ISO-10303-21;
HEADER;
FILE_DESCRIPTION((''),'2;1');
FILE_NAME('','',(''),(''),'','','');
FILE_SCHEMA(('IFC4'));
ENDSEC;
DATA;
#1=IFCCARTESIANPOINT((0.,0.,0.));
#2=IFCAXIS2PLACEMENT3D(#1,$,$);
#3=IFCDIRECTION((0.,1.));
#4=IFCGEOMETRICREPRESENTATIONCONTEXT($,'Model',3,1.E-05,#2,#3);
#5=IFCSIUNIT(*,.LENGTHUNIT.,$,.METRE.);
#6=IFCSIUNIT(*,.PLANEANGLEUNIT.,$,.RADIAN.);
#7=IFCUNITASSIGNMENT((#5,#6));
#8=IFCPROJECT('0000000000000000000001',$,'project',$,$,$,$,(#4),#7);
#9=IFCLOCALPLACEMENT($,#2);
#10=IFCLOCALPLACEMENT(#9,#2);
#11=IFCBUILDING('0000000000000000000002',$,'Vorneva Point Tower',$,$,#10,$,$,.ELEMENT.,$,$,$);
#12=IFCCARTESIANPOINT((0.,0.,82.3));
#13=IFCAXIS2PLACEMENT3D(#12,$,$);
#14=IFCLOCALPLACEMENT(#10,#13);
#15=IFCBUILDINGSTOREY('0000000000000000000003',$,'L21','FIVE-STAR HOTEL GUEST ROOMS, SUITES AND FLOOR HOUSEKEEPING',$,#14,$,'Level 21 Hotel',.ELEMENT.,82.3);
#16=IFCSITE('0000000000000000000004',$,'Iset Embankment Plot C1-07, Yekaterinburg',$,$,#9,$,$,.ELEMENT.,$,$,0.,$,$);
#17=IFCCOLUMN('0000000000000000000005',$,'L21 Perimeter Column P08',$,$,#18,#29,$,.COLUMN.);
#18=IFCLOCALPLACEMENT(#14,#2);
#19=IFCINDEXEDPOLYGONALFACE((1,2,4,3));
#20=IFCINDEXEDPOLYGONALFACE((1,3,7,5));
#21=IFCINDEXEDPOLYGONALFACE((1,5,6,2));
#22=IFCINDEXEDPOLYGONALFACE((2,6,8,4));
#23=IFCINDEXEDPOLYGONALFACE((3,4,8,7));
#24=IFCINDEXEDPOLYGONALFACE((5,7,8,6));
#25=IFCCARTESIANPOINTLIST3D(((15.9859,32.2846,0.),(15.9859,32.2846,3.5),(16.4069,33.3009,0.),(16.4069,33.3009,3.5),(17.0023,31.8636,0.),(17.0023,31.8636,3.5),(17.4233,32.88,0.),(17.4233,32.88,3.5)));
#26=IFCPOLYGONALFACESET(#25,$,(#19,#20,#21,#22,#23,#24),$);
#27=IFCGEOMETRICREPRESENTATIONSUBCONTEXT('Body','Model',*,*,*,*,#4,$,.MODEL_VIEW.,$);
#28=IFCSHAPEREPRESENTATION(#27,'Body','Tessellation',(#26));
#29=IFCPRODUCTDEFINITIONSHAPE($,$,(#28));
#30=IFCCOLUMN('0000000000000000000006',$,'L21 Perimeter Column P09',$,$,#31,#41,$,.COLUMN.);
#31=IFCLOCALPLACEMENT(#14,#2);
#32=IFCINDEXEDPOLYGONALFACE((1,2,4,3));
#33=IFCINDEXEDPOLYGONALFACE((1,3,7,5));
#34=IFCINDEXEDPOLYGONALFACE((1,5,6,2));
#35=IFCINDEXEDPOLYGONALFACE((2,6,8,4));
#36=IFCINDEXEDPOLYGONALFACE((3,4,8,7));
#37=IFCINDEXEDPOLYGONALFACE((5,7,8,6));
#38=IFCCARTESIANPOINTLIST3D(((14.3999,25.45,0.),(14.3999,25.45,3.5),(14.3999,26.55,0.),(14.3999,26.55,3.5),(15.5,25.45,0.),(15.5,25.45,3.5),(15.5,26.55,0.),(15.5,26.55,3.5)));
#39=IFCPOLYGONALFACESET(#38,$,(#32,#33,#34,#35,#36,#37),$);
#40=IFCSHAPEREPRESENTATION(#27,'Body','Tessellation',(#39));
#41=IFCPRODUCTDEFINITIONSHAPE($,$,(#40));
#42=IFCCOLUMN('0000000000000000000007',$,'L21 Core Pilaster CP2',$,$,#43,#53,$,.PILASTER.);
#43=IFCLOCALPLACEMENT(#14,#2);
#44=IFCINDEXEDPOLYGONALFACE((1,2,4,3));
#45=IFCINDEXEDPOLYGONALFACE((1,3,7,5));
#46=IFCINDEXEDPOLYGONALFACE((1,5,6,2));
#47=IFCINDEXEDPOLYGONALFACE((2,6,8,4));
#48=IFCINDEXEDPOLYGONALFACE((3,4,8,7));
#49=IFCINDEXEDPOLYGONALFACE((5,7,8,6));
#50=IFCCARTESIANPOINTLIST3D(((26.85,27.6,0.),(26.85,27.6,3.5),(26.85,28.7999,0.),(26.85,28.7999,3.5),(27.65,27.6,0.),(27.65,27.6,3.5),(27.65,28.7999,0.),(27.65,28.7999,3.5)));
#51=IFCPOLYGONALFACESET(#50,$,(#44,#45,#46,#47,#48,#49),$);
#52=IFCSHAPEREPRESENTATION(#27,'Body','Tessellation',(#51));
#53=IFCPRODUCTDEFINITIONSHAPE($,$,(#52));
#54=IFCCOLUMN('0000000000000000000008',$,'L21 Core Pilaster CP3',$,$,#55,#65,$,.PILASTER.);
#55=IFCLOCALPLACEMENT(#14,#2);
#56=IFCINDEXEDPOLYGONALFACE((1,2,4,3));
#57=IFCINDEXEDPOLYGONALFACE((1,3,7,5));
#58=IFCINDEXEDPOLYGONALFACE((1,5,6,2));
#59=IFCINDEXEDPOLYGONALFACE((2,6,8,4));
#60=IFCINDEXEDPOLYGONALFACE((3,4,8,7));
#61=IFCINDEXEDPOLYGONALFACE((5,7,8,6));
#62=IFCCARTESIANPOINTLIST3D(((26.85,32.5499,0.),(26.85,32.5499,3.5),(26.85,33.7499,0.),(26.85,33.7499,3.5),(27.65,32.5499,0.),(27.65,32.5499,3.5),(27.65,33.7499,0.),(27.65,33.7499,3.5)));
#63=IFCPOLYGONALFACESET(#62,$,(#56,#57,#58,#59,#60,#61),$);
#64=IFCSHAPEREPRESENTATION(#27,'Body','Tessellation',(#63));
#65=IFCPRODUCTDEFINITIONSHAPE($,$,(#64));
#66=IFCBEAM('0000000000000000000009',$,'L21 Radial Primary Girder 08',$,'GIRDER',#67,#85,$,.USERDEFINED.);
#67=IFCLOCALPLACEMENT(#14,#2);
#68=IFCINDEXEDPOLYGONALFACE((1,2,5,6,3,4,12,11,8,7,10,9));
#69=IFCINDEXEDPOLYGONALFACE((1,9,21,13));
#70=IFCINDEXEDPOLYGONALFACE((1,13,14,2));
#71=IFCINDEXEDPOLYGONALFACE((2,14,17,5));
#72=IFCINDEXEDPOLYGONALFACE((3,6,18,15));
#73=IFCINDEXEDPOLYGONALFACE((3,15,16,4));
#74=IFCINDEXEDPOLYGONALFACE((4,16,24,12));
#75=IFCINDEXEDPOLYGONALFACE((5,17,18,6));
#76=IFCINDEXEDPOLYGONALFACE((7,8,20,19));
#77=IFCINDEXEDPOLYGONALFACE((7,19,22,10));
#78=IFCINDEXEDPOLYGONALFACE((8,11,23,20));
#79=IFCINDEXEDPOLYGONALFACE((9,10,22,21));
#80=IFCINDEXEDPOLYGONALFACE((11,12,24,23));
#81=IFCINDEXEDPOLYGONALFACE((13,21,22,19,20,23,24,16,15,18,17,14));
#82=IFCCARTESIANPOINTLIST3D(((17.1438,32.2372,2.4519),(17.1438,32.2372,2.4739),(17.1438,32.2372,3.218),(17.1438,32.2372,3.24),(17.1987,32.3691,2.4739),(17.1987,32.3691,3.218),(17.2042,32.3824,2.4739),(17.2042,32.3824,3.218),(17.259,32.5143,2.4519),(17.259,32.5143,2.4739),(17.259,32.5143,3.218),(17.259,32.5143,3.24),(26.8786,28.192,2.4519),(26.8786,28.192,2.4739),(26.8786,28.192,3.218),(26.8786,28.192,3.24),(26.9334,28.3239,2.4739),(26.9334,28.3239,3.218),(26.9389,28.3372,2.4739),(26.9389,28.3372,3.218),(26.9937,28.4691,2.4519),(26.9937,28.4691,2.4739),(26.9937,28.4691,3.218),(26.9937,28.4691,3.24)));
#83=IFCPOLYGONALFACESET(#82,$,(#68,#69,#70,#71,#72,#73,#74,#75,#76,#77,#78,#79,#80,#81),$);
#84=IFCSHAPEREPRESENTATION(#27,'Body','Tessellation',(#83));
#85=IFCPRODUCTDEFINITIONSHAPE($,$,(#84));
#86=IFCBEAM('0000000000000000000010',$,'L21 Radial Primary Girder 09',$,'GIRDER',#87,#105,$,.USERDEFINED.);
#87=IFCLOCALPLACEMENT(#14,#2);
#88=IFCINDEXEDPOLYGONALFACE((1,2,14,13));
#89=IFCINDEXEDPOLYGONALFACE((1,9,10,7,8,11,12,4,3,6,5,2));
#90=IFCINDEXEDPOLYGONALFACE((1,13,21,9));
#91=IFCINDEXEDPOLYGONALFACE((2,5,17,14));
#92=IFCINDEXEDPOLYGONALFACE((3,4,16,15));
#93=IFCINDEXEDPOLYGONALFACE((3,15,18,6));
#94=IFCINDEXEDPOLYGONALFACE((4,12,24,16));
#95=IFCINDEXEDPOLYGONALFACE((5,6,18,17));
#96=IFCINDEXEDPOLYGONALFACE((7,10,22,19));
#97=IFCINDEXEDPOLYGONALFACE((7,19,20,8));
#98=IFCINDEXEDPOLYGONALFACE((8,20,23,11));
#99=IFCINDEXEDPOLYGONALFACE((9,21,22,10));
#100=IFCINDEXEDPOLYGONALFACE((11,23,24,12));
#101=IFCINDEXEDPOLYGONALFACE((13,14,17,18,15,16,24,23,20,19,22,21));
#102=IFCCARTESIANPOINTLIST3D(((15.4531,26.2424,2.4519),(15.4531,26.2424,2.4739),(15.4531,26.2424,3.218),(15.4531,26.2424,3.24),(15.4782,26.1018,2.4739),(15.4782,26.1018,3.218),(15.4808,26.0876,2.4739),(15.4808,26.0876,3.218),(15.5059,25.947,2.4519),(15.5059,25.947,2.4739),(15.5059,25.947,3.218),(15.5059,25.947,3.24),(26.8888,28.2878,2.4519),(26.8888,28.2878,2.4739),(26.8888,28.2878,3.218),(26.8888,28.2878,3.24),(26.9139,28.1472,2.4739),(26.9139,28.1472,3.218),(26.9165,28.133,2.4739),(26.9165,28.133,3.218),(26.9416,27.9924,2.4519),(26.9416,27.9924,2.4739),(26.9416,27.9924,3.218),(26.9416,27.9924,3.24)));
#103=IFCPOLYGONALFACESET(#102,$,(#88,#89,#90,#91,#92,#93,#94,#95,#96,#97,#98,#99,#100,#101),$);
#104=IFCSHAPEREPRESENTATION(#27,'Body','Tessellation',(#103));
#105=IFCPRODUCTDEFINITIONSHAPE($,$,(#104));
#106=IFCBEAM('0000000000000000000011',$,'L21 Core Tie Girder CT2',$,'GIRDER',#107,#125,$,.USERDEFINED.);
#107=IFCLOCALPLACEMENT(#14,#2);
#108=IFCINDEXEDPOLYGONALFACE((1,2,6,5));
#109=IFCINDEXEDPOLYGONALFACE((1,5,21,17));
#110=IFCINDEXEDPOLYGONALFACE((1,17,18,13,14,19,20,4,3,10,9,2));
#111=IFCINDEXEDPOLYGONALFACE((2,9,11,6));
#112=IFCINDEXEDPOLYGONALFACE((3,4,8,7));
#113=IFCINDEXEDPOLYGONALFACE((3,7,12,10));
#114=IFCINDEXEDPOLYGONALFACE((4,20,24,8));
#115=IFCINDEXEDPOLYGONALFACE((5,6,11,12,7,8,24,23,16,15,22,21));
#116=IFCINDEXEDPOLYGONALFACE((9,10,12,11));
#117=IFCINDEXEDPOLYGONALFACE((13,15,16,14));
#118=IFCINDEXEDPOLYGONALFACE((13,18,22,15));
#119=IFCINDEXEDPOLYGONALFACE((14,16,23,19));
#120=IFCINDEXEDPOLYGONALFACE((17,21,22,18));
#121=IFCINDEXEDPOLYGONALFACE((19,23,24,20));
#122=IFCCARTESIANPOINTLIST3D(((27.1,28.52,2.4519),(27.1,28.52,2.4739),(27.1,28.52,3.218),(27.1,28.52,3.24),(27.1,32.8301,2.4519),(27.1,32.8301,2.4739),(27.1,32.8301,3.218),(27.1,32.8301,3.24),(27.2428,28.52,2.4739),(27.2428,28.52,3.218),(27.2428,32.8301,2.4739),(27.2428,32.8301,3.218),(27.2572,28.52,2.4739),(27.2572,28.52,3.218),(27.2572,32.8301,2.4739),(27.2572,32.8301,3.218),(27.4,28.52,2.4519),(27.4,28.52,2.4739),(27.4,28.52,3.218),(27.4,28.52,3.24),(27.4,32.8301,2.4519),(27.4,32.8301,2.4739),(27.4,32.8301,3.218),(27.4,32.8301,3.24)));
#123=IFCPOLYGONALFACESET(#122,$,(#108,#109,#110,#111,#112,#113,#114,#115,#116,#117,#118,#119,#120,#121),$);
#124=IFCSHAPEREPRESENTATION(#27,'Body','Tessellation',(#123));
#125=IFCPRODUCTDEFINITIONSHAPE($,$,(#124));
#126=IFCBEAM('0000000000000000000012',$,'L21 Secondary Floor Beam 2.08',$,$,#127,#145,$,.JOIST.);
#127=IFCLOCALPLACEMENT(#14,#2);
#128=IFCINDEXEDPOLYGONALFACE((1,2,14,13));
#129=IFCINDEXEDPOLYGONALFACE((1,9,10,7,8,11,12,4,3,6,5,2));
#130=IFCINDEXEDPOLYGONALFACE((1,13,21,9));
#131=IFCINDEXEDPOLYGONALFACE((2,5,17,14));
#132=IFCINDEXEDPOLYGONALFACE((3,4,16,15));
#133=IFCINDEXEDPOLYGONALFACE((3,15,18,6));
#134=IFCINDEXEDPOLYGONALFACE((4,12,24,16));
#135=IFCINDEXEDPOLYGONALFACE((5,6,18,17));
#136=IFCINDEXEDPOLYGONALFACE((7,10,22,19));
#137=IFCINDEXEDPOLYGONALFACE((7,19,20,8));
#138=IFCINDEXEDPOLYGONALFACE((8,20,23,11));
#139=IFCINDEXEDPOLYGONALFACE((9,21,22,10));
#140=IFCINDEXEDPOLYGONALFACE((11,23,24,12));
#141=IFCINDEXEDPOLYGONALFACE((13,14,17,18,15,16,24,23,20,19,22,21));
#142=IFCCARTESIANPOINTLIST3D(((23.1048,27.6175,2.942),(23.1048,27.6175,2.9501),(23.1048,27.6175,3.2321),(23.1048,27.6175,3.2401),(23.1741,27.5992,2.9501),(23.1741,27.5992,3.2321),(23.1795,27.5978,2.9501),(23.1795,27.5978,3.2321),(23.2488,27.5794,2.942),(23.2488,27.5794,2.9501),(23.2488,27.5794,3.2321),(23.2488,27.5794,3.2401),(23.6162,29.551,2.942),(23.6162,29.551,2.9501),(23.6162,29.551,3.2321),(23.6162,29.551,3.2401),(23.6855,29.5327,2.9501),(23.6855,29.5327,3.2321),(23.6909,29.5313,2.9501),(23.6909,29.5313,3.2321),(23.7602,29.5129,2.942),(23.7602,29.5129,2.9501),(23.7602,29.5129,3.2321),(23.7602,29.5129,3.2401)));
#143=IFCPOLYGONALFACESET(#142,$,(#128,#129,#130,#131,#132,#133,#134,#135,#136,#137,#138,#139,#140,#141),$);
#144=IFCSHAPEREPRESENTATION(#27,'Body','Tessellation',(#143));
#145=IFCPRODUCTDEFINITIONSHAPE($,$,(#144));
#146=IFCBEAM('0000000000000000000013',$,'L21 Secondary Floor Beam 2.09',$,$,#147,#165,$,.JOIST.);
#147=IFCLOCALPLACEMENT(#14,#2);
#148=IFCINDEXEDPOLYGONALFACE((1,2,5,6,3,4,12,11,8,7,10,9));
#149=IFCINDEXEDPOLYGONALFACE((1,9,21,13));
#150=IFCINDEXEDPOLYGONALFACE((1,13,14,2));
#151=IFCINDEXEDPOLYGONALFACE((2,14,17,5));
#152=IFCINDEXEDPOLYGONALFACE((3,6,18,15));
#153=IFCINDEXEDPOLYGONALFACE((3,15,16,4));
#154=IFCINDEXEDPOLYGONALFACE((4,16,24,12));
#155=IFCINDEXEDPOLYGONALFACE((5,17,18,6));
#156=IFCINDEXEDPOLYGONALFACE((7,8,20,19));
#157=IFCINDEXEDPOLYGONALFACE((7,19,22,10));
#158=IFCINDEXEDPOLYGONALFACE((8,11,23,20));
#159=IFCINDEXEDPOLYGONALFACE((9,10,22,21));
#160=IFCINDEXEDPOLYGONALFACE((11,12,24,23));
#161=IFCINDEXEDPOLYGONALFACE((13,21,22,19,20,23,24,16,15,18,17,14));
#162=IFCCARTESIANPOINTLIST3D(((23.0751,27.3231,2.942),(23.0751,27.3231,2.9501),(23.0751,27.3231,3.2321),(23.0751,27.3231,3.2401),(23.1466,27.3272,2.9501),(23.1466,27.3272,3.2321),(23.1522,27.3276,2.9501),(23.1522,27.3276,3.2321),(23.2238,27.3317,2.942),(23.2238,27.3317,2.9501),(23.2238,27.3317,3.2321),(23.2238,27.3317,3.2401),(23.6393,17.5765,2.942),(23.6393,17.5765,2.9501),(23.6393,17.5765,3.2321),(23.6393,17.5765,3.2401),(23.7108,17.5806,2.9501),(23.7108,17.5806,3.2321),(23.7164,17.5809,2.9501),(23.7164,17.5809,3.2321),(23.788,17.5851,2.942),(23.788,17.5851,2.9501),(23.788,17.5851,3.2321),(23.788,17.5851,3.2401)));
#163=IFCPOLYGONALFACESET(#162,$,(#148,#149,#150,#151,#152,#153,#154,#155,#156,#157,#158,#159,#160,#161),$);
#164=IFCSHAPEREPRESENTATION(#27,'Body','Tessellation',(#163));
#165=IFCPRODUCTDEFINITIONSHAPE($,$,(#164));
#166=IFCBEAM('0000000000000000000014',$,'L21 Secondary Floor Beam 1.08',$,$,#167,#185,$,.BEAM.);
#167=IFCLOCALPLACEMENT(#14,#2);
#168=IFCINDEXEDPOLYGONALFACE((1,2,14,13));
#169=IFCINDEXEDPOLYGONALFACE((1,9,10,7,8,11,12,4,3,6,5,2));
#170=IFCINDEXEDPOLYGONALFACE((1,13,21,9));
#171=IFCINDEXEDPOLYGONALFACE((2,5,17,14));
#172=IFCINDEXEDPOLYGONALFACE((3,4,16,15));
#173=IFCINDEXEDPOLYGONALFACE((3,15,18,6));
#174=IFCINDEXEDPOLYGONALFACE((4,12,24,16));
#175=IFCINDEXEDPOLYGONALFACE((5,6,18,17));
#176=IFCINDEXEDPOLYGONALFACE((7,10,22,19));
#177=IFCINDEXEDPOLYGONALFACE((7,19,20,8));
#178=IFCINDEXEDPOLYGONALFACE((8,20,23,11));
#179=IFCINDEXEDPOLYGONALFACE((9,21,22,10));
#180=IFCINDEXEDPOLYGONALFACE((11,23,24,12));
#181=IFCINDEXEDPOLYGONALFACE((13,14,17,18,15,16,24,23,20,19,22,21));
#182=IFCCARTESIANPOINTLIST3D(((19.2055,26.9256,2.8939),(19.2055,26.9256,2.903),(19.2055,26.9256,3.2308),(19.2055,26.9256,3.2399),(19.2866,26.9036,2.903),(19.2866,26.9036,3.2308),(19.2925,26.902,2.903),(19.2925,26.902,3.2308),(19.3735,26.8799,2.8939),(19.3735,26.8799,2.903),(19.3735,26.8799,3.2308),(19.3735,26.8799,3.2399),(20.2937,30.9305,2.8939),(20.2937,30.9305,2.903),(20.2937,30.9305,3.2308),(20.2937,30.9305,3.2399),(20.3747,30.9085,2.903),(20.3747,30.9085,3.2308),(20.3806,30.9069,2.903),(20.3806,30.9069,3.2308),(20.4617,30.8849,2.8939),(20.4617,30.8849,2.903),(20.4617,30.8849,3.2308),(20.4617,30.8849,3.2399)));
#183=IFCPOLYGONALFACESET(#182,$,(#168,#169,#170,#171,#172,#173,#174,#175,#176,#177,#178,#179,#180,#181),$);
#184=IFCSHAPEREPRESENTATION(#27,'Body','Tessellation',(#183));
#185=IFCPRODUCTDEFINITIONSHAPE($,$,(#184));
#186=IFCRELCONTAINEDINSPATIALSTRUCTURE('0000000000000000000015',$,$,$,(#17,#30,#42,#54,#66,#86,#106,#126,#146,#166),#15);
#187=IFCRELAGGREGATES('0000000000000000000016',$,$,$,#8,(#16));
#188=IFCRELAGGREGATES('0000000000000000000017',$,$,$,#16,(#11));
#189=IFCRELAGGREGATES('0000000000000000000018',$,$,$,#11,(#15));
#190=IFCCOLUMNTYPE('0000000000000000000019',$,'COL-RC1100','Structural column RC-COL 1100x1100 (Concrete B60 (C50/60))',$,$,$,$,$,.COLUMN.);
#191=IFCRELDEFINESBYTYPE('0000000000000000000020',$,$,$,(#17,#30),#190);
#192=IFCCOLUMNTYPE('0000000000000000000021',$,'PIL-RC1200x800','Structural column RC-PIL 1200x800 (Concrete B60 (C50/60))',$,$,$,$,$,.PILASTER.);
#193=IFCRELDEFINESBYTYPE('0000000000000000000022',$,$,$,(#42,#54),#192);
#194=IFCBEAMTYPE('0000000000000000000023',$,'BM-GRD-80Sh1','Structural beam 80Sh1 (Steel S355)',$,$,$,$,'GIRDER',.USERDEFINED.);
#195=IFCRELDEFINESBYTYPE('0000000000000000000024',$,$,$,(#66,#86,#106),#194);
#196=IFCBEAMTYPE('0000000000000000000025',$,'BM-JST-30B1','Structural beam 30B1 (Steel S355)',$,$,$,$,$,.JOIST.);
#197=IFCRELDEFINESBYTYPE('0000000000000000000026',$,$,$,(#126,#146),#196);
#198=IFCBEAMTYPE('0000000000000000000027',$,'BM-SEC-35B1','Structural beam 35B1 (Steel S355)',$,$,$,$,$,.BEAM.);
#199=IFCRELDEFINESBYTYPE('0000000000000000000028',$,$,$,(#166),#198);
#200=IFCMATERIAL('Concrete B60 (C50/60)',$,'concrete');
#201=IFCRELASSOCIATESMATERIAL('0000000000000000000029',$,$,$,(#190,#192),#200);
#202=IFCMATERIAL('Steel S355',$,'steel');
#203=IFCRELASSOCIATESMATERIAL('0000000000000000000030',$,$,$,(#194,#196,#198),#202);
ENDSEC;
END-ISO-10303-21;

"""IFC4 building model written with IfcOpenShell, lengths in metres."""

from ifc_helpers import new_model, si_unit, direction, frame, origin, origin_2d, place, context, subcontext, project, spatial, rectangle, i_section, extrude, material, material_profile, profile_set, type_object, element, save


model = new_model("IFC4")

# Units and contexts
model_context = context("Model", 3, precision=1e-05, world=origin(), true_north=direction((0.0, 1.0)))
body_context = subcontext(model_context, "Body", "Model", "MODEL_VIEW")
ifc_project = project(units=[si_unit("LENGTHUNIT", "METRE"), si_unit("PLANEANGLEUNIT", "RADIAN")], contexts=[model_context])

# Site, building, storey
site_placement = place(None, origin())
site = spatial("IfcSite", under=ifc_project, at=site_placement, Name="Iset Embankment Plot C1-07, Yekaterinburg", CompositionType="ELEMENT", RefElevation=0.0)
building_placement = place(site_placement, origin())
building = spatial("IfcBuilding", under=site, at=building_placement, Name="Vorneva Point Tower", CompositionType="ELEMENT")
storey_placement = place(building_placement, frame((0.0, 0.0, 82.3)))
storey = spatial("IfcBuildingStorey", under=building, at=storey_placement, Name="L21", Description="FIVE-STAR HOTEL GUEST ROOMS, SUITES AND FLOOR HOUSEKEEPING", LongName="Level 21 Hotel", CompositionType="ELEMENT", Elevation=82.3)

# Columns
ifc_material_1 = material(Name="Concrete B60 (C50/60)", Category="concrete")
ifc_material_profile_1 = material_profile(ifc_material_1, rectangle(XDim=1.1001, YDim=1.1001, at=origin_2d()), Name="RC-COL 1100x1100")
ifc_profile_set_1 = profile_set([ifc_material_profile_1], Name="Concrete B60 (C50/60)")
column_type_1 = type_object("IfcColumnType", Name="COL-RC1100", Description="Structural column RC-COL 1100x1100 (Concrete B60 (C50/60))", PredefinedType="COLUMN", material=ifc_profile_set_1)
for number, where, z_axis, x_axis, name in (
    (1, (16.7046, 32.5823, 0.0), (0.0, 0.0, 1.0), (-0.92388, 0.382683, 0.0), "L21 Perimeter Column P08"),
    (2, (14.95, 26.0, 0.0), (0.0, 0.0, 1.0), (-1.0, 0.0, 0.0), "L21 Perimeter Column P09"),
):
    element("IfcColumn", number, at=place(storey_placement, frame(where, z_axis=z_axis, x_axis=x_axis)), inside=storey, type_object=column_type_1, Name=name, PredefinedType="COLUMN", context=body_context, shape_type="SweptSolid", body=[
        extrude(rectangle(XDim=1.1001, YDim=1.1001, at=origin_2d()), origin(), (0.0, 0.0, 1.0), 3.5),
    ])
ifc_material_profile_2 = material_profile(ifc_material_1, rectangle(XDim=0.8, YDim=1.2, at=origin_2d()), Name="RC-PIL 1200x800")
ifc_profile_set_2 = profile_set([ifc_material_profile_2], Name="Concrete B60 (C50/60)")
column_type_2 = type_object("IfcColumnType", Name="PIL-RC1200x800", Description="Structural column RC-PIL 1200x800 (Concrete B60 (C50/60))", PredefinedType="PILASTER", material=ifc_profile_set_2)
for number, where, z_axis, x_axis, name in (
    (3, (27.25, 28.2, 0.0), (0.0, 0.0, 1.0), (1.0, 0.0, 0.0), "L21 Core Pilaster CP2"),
    (4, (27.25, 33.1499, 0.0), (0.0, 0.0, 1.0), (1.0, 0.0, 0.0), "L21 Core Pilaster CP3"),
):
    element("IfcColumn", number, at=place(storey_placement, frame(where, z_axis=z_axis, x_axis=x_axis)), inside=storey, type_object=column_type_2, Name=name, PredefinedType="PILASTER", context=body_context, shape_type="SweptSolid", body=[
        extrude(rectangle(XDim=0.8, YDim=1.2, at=origin_2d()), origin(), (0.0, 0.0, 1.0), 3.5),
    ])

# Beams
ifc_material_2 = material(Name="Steel S355", Category="steel")
ifc_material_profile_3 = material_profile(ifc_material_2, i_section(OverallWidth=0.3, OverallDepth=0.7881, WebThickness=0.0144, FlangeThickness=0.022, at=origin_2d()), Name="80Sh1")
ifc_profile_set_3 = profile_set([ifc_material_profile_3], Name="Steel S355")
beam_type_1 = type_object("IfcBeamType", Name="BM-GRD-80Sh1", Description="Structural beam 80Sh1 (Steel S355)", ElementType="GIRDER", PredefinedType="USERDEFINED", material=ifc_profile_set_3)
beam_1_placement = place(storey_placement, frame((17.2014, 32.3757, 2.8459), z_axis=(0.923444, -0.383732, 0.0), x_axis=(0.383732, 0.923444, 0.0)))
element("IfcBeam", 5, at=beam_1_placement, inside=storey, type_object=beam_type_1, Name="L21 Radial Primary Girder 08", ObjectType="GIRDER", PredefinedType="USERDEFINED", context=body_context, shape_type="SweptSolid", body=[
    extrude(i_section(OverallWidth=0.3, OverallDepth=0.7881, WebThickness=0.0144, FlangeThickness=0.022, at=origin_2d()), origin(), (0.0, 0.0, 1.0), 10.5417),
])
beam_2_placement = place(storey_placement, frame((15.4795, 26.0947, 2.8459), z_axis=(0.984378, 0.176066, 0.0), x_axis=(-0.176066, 0.984378, 0.0)))
element("IfcBeam", 6, at=beam_2_placement, inside=storey, type_object=beam_type_1, Name="L21 Radial Primary Girder 09", ObjectType="GIRDER", PredefinedType="USERDEFINED", context=body_context, shape_type="SweptSolid", body=[
    extrude(i_section(OverallWidth=0.3, OverallDepth=0.7881, WebThickness=0.0144, FlangeThickness=0.022, at=origin_2d()), origin(), (0.0, 0.0, 1.0), 11.6172),
])
beam_3_placement = place(storey_placement, frame((27.25, 28.52, 2.8459), z_axis=(0.0, 1.0, 0.0), x_axis=(-1.0, 0.0, 0.0)))
element("IfcBeam", 7, at=beam_3_placement, inside=storey, type_object=beam_type_1, Name="L21 Core Tie Girder CT2", ObjectType="GIRDER", PredefinedType="USERDEFINED", context=body_context, shape_type="SweptSolid", body=[
    extrude(i_section(OverallWidth=0.3, OverallDepth=0.7881, WebThickness=0.0144, FlangeThickness=0.022, at=origin_2d()), origin(), (0.0, 0.0, 1.0), 4.3101),
])
ifc_material_profile_4 = material_profile(ifc_material_2, i_section(OverallWidth=0.1489, OverallDepth=0.2981, WebThickness=0.0056, FlangeThickness=0.0081, at=origin_2d()), Name="30B1")
ifc_profile_set_4 = profile_set([ifc_material_profile_4], Name="Steel S355")
beam_type_2 = type_object("IfcBeamType", Name="BM-JST-30B1", Description="Structural beam 30B1 (Steel S355)", PredefinedType="JOIST", material=ifc_profile_set_4)
beam_4_placement = place(storey_placement, frame((23.6882, 29.532, 3.0911), z_axis=(-0.255725, -0.96675, 0.0), x_axis=(0.96675, -0.255725, 0.0)))
element("IfcBeam", 8, at=beam_4_placement, inside=storey, type_object=beam_type_2, Name="L21 Secondary Floor Beam 2.08", PredefinedType="JOIST", context=body_context, shape_type="SweptSolid", body=[
    extrude(i_section(OverallWidth=0.1489, OverallDepth=0.2981, WebThickness=0.0056, FlangeThickness=0.0081, at=origin_2d()), origin(), (0.0, 0.0, 1.0), 2.0),
])
beam_5_placement = place(storey_placement, frame((23.1494, 27.3274, 3.0911), z_axis=(0.057791, -0.998329, 0.0), x_axis=(0.998329, 0.057791, 0.0)))
element("IfcBeam", 9, at=beam_5_placement, inside=storey, type_object=beam_type_2, Name="L21 Secondary Floor Beam 2.09", PredefinedType="JOIST", context=body_context, shape_type="SweptSolid", body=[
    extrude(i_section(OverallWidth=0.1489, OverallDepth=0.2981, WebThickness=0.0056, FlangeThickness=0.0081, at=origin_2d()), origin(), (0.0, 0.0, 1.0), 9.7629),
])
ifc_material_profile_5 = material_profile(ifc_material_2, i_section(OverallWidth=0.1741, OverallDepth=0.3459, WebThickness=0.0061, FlangeThickness=0.009, at=origin_2d()), Name="35B1")
ifc_profile_set_5 = profile_set([ifc_material_profile_5], Name="Steel S355")
beam_type_3 = type_object("IfcBeamType", Name="BM-SEC-35B1", Description="Structural beam 35B1 (Steel S355)", PredefinedType="BEAM", material=ifc_profile_set_5)
beam_6_placement = place(storey_placement, frame((20.3777, 30.9077, 3.0669), z_axis=(-0.262196, -0.965015, 0.0), x_axis=(0.965015, -0.262196, 0.0)))
element("IfcBeam", 10, at=beam_6_placement, inside=storey, type_object=beam_type_3, Name="L21 Secondary Floor Beam 1.08", PredefinedType="BEAM", context=body_context, shape_type="SweptSolid", body=[
    extrude(i_section(OverallWidth=0.1741, OverallDepth=0.3459, WebThickness=0.0061, FlangeThickness=0.009, at=origin_2d()), origin(), (0.0, 0.0, 1.0), 4.1501),
])

save(model, "model.ifc")
